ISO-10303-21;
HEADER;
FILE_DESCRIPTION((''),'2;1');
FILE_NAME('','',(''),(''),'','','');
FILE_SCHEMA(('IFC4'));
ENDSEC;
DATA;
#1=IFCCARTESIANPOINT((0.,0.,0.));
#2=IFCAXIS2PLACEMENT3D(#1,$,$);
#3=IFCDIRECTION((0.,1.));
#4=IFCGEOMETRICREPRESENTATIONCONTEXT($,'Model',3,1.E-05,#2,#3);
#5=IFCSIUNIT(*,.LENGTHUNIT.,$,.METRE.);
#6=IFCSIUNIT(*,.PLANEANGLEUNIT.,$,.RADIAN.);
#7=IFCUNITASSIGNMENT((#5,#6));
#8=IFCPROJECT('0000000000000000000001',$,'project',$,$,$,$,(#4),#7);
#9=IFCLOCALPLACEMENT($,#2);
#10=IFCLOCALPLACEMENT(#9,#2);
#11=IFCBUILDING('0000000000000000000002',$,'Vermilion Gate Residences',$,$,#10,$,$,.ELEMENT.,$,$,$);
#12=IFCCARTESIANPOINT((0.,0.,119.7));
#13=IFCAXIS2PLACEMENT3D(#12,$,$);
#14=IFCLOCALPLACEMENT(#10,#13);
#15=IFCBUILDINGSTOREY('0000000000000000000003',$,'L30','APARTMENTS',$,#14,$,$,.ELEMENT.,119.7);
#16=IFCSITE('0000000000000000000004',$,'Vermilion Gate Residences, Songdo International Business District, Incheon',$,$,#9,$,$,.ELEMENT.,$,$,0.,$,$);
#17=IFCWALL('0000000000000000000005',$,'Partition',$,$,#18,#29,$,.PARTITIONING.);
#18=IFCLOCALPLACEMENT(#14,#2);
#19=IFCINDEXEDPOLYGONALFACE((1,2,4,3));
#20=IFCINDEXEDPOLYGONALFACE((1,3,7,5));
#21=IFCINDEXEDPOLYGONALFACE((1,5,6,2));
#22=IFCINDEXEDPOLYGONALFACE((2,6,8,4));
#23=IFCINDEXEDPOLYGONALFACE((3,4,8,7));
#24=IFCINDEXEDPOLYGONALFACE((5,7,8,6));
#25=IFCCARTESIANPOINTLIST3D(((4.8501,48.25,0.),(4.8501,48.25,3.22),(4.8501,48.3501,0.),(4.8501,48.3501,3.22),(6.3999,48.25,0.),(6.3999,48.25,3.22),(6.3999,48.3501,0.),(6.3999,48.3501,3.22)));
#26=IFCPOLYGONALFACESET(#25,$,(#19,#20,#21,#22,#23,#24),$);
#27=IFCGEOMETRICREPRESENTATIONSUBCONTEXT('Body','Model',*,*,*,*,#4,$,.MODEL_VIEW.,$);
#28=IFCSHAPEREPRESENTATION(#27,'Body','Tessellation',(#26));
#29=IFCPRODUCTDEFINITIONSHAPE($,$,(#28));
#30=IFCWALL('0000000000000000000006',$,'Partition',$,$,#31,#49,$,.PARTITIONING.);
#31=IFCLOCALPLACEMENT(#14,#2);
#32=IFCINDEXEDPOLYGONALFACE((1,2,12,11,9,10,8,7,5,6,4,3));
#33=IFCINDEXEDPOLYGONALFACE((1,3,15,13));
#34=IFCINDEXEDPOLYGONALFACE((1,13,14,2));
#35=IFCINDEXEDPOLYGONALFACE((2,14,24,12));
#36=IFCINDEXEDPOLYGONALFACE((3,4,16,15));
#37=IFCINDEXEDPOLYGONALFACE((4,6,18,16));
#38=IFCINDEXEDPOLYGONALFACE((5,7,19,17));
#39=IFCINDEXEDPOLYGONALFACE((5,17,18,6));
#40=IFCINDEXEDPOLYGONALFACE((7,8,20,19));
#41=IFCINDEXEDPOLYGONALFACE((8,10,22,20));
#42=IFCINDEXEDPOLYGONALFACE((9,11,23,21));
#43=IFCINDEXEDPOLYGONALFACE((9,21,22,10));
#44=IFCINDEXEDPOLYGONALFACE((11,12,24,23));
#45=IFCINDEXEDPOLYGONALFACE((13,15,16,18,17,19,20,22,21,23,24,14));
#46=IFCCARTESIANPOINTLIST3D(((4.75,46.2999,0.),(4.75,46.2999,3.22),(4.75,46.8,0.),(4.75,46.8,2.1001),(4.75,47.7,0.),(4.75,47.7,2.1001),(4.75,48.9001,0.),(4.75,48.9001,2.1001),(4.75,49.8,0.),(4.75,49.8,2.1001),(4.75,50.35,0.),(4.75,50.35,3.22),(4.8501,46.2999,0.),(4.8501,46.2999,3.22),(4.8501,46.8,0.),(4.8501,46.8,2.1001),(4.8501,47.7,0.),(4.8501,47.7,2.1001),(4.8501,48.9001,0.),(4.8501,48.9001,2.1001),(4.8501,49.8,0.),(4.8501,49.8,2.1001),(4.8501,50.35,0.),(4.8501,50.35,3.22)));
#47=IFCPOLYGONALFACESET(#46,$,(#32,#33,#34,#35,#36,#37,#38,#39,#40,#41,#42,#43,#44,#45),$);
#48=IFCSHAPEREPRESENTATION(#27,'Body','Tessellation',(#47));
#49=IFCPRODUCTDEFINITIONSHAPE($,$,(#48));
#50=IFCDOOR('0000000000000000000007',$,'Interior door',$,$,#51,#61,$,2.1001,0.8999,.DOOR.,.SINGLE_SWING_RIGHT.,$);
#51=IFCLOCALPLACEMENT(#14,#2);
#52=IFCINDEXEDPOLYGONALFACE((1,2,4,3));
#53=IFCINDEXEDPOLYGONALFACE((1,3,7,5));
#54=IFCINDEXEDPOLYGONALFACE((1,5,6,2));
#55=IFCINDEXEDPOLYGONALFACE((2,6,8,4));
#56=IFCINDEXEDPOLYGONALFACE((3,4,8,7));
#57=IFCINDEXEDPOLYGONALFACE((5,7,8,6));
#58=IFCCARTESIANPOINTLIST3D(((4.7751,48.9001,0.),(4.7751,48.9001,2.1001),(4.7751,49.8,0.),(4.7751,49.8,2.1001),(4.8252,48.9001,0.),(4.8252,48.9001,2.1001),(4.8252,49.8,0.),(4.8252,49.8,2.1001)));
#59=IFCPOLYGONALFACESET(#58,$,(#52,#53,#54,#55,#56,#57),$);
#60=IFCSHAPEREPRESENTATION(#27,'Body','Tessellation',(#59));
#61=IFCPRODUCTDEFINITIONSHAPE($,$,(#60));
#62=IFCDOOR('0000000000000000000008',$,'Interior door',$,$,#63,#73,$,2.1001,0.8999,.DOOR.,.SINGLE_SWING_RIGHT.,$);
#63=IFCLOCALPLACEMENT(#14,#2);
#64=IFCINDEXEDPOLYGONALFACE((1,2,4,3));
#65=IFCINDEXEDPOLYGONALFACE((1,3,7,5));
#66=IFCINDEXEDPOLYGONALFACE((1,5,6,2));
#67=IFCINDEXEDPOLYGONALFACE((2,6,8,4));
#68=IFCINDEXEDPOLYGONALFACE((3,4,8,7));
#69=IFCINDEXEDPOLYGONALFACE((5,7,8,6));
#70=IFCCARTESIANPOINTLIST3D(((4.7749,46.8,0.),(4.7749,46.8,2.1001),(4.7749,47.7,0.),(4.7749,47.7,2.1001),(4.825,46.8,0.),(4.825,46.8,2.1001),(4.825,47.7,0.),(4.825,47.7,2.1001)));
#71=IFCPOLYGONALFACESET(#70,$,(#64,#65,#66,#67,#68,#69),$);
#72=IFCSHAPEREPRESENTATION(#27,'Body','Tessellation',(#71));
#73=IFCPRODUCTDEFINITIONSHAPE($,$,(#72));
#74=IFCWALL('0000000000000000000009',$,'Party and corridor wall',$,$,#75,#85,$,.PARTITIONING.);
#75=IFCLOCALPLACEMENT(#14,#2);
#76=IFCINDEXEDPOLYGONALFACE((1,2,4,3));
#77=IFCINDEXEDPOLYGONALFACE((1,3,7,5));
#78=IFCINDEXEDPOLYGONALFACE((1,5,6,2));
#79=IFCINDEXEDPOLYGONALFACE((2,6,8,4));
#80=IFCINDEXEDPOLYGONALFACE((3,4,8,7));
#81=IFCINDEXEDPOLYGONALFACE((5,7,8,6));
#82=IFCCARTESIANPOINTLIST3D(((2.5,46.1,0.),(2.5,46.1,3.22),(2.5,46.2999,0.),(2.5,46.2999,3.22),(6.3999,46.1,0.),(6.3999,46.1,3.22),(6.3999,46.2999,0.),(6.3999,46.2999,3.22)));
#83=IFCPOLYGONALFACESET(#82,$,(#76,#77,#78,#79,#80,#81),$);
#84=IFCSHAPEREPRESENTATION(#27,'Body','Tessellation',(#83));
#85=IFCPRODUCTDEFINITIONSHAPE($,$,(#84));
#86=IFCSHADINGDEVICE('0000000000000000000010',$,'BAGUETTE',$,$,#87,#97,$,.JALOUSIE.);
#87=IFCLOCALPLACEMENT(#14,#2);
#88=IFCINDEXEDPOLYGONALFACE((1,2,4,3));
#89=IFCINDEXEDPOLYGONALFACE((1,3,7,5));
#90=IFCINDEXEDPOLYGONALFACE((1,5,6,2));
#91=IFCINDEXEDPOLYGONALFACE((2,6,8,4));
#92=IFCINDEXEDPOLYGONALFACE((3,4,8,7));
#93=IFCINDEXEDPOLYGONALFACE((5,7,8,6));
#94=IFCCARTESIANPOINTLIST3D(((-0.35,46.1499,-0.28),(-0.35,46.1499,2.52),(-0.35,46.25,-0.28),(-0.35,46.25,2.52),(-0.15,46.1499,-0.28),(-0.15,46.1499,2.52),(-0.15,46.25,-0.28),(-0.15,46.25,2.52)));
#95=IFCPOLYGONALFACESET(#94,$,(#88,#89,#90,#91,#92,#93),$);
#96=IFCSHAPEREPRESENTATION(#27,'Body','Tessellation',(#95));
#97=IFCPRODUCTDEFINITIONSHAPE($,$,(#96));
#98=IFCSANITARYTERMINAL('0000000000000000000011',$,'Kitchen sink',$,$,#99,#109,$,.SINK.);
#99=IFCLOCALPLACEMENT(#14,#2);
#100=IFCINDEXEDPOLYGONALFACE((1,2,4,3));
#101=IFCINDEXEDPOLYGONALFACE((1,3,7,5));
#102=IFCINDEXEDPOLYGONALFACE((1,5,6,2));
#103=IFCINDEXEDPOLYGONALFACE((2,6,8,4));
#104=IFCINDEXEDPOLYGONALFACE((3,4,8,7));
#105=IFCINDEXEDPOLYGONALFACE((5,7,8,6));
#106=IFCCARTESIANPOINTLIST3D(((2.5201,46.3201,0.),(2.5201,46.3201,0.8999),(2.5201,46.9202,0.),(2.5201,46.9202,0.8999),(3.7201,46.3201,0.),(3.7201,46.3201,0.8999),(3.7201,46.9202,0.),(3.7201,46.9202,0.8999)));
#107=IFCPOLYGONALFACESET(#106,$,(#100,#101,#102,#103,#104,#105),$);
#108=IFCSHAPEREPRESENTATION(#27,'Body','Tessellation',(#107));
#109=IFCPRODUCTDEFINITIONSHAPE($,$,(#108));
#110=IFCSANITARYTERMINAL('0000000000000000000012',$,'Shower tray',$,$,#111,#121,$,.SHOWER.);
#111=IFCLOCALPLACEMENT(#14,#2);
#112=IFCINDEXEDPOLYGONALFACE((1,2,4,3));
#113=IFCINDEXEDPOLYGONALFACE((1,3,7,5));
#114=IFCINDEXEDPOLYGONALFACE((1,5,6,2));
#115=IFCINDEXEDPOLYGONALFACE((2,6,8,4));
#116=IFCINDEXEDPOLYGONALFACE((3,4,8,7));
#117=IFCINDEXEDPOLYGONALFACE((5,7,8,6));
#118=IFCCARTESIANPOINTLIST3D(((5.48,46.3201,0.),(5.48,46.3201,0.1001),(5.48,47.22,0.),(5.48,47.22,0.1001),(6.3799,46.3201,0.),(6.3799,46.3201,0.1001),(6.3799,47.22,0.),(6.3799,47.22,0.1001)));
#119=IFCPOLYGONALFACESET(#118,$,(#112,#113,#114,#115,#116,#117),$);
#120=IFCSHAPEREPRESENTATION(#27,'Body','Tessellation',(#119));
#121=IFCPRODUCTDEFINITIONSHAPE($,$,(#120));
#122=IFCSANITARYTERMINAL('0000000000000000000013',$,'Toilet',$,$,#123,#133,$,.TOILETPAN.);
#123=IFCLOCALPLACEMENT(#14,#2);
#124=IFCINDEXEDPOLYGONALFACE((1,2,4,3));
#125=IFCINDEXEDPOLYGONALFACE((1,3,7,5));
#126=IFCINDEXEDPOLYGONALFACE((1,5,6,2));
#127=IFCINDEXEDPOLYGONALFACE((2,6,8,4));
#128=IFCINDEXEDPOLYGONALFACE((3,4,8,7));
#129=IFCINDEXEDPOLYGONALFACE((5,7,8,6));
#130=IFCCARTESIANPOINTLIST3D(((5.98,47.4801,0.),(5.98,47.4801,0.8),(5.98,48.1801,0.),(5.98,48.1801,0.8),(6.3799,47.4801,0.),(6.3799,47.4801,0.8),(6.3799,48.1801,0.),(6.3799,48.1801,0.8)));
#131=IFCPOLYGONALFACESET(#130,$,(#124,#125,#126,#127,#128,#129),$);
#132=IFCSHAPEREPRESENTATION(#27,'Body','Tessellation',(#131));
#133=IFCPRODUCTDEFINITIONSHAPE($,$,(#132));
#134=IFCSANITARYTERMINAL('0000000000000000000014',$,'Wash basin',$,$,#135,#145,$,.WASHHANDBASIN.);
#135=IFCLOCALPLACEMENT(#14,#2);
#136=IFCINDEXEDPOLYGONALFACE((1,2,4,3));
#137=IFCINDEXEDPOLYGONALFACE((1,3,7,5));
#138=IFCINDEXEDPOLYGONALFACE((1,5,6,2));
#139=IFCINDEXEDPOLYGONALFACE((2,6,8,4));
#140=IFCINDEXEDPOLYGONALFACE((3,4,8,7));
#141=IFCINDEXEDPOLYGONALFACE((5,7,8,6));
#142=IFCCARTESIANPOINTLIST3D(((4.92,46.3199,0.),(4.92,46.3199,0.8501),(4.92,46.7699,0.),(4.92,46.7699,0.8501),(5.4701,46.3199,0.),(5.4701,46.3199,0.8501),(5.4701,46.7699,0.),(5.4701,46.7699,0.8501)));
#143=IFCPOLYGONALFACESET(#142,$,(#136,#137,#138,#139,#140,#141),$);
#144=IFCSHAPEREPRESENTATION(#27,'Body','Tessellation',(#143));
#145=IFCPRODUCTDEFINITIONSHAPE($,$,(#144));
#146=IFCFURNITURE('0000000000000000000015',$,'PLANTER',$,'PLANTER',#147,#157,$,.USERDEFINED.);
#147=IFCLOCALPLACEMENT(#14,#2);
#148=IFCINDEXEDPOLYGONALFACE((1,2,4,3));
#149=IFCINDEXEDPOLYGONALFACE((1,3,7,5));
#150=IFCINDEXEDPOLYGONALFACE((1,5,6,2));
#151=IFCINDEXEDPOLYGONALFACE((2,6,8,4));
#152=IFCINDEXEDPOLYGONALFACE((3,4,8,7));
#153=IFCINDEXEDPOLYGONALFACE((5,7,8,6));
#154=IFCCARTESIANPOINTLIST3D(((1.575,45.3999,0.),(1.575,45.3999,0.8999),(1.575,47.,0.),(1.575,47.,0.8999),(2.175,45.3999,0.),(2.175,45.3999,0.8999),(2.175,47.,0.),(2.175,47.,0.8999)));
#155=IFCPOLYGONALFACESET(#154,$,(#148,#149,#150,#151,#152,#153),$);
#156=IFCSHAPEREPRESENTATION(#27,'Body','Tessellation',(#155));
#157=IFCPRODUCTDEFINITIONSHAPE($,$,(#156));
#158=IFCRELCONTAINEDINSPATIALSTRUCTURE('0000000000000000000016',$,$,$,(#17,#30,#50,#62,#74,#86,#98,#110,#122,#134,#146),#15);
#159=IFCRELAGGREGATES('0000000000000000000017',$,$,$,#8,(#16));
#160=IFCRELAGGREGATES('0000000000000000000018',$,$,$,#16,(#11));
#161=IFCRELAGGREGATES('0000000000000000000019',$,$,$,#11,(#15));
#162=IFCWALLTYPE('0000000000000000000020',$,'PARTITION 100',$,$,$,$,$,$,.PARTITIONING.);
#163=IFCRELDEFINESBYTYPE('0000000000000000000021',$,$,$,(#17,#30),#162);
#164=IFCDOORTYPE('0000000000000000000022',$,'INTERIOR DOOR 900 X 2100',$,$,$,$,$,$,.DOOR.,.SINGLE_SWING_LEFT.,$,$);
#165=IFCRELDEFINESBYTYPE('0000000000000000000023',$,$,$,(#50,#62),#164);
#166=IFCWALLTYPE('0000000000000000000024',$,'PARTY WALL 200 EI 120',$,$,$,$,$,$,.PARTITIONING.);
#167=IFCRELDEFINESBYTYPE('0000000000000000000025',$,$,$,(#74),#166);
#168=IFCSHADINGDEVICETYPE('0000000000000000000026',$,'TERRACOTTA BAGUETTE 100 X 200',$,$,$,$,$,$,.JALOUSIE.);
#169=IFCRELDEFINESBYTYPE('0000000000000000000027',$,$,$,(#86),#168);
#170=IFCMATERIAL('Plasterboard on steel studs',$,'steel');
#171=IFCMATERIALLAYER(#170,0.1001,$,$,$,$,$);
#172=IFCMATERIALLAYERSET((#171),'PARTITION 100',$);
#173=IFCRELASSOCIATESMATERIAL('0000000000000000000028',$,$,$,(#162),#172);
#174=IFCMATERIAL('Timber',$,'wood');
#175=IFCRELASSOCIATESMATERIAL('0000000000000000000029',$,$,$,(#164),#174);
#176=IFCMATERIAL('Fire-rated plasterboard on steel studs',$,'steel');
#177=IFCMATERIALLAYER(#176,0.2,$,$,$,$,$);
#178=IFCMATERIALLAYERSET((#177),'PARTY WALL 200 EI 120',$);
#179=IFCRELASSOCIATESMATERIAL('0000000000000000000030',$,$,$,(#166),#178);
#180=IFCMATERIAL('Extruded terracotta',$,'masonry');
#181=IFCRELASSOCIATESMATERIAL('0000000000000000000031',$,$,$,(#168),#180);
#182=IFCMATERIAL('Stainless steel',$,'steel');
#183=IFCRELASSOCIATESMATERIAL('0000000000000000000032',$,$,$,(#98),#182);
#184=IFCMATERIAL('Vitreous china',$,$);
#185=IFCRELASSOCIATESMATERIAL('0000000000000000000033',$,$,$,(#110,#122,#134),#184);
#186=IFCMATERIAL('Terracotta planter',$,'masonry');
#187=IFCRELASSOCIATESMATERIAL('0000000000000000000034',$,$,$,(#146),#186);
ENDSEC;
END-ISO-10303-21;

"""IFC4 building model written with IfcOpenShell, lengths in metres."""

from ifc_helpers import new_model, si_unit, direction, frame, frame_2d, origin, origin_2d, place, context, subcontext, project, spatial, rectangle, extrude, material, layer, layer_set, material_profile, profile_set, type_object, element, fill, save


model = new_model("IFC4")

# Units and contexts
model_context = context("Model", 3, precision=1e-05, world=origin(), true_north=direction((0.0, 1.0)))
body_context = subcontext(model_context, "Body", "Model", "MODEL_VIEW")
ifc_project = project(units=[si_unit("LENGTHUNIT", "METRE"), si_unit("PLANEANGLEUNIT", "RADIAN")], contexts=[model_context])

# Site, building, storey
site_placement = place(None, origin())
site = spatial("IfcSite", under=ifc_project, at=site_placement, Name="Vermilion Gate Residences, Songdo International Business District, Incheon", CompositionType="ELEMENT", RefElevation=0.0)
building_placement = place(site_placement, origin())
building = spatial("IfcBuilding", under=site, at=building_placement, Name="Vermilion Gate Residences", CompositionType="ELEMENT")
storey_placement = place(building_placement, frame((0.0, 0.0, 119.7)))
storey = spatial("IfcBuildingStorey", under=building, at=storey_placement, Name="L30", Description="APARTMENTS", CompositionType="ELEMENT", Elevation=119.7)

# Wall
ifc_material_1 = material(Name="Plasterboard on steel studs", Category="steel")
ifc_layer_1 = layer(ifc_material_1, 0.1001)
ifc_layer_set_1 = layer_set([ifc_layer_1], Name="PARTITION 100")
wall_type_1 = type_object("IfcWallType", Name="PARTITION 100", PredefinedType="PARTITIONING", material=ifc_layer_set_1)
wall_1_placement = place(storey_placement, frame((4.8501, 48.3, 0.0), z_axis=(0.0, 0.0, 1.0), x_axis=(1.0, 0.0, 0.0)))
element("IfcWall", 1, at=wall_1_placement, inside=storey, type_object=wall_type_1, Name="Partition", PredefinedType="PARTITIONING", context=body_context, shape_type="SweptSolid", body=[
    extrude(rectangle(XDim=1.5498, YDim=0.1001, at=frame_2d((0.7749, 0.0))), origin(), (0.0, 0.0, 1.0), 3.22),
])

# Wall, openings, doors
wall_2_placement = place(storey_placement, frame((4.8, 46.3, 0.0), z_axis=(0.0, 0.0, 1.0), x_axis=(0.0, 1.0, 0.0)))
wall_2 = element("IfcWall", 2, at=wall_2_placement, inside=storey, type_object=wall_type_1, Name="Partition", PredefinedType="PARTITIONING", context=body_context, shape_type="SweptSolid", body=[
    extrude(rectangle(XDim=4.05, YDim=0.1001, at=frame_2d((2.0249, 0.0))), origin(), (0.0, 0.0, 1.0), 3.22),
])
opening_1_placement = place(wall_2_placement, frame((2.6001, 0.0, 0.0)))
opening_1 = element("IfcOpeningElement", 3, at=opening_1_placement, cuts=wall_2, PredefinedType="OPENING", context=body_context, shape_type="SweptSolid", body=[
    extrude(rectangle(XDim=0.8999, YDim=2.1001, at=frame_2d((0.45, 1.05))), frame((0.0, 0.0601, 0.0), z_axis=(0.0, -1.0, 0.0), x_axis=(1.0, 0.0, 0.0)), (0.0, 0.0, 1.0), 0.1201),
])
opening_2_placement = place(wall_2_placement, frame((0.5, 0.0, 0.0)))
opening_2 = element("IfcOpeningElement", 4, at=opening_2_placement, cuts=wall_2, PredefinedType="OPENING", context=body_context, shape_type="SweptSolid", body=[
    extrude(rectangle(XDim=0.8999, YDim=2.1001, at=frame_2d((0.45, 1.05))), frame((0.0, 0.0601, 0.0), z_axis=(0.0, -1.0, 0.0), x_axis=(1.0, 0.0, 0.0)), (0.0, 0.0, 1.0), 0.1201),
])
ifc_material_2 = material(Name="Timber", Category="wood")
door_type = type_object("IfcDoorType", Name="INTERIOR DOOR 900 X 2100", OperationType="SINGLE_SWING_LEFT", PredefinedType="DOOR", material=ifc_material_2)
door_1_placement = place(opening_1_placement, origin())
door_1 = element("IfcDoor", 5, at=door_1_placement, inside=storey, type_object=door_type, Name="Interior door", OperationType="SINGLE_SWING_RIGHT", OverallHeight=2.1001, OverallWidth=0.8999, PredefinedType="DOOR", context=body_context, shape_type="SweptSolid", body=[
    extrude(rectangle(XDim=0.8999, YDim=2.1001, at=frame_2d((0.45, 1.05))), frame((0.0, 0.0249, 0.0), z_axis=(0.0, -1.0, 0.0), x_axis=(1.0, 0.0, 0.0)), (0.0, 0.0, 1.0), 0.05),
])
fill(opening_1, door_1)
door_2_placement = place(opening_2_placement, frame((0.8999, 0.0, 0.0), z_axis=(0.0, 0.0, 1.0), x_axis=(-1.0, 0.0, 0.0)))
door_2 = element("IfcDoor", 6, at=door_2_placement, inside=storey, type_object=door_type, Name="Interior door", OperationType="SINGLE_SWING_RIGHT", OverallHeight=2.1001, OverallWidth=0.8999, PredefinedType="DOOR", context=body_context, shape_type="SweptSolid", body=[
    extrude(rectangle(XDim=0.8999, YDim=2.1001, at=frame_2d((0.45, 1.05))), frame((0.0, 0.0249, 0.0), z_axis=(0.0, -1.0, 0.0), x_axis=(1.0, 0.0, 0.0)), (0.0, 0.0, 1.0), 0.05),
])
fill(opening_2, door_2)

# Wall
ifc_material_3 = material(Name="Fire-rated plasterboard on steel studs", Category="steel")
ifc_layer_2 = layer(ifc_material_3, 0.2)
ifc_layer_set_2 = layer_set([ifc_layer_2], Name="PARTY WALL 200 EI 120")
wall_type_2 = type_object("IfcWallType", Name="PARTY WALL 200 EI 120", PredefinedType="PARTITIONING", material=ifc_layer_set_2)
wall_3_placement = place(storey_placement, frame((2.5, 46.2, 0.0), z_axis=(0.0, 0.0, 1.0), x_axis=(1.0, 0.0, 0.0)))
element("IfcWall", 7, at=wall_3_placement, inside=storey, type_object=wall_type_2, Name="Party and corridor wall", PredefinedType="PARTITIONING", context=body_context, shape_type="SweptSolid", body=[
    extrude(rectangle(XDim=3.8999, YDim=0.2, at=frame_2d((1.95, 0.0))), origin(), (0.0, 0.0, 1.0), 3.22),
])

# Shading device
ifc_material_4 = material(Name="Extruded terracotta", Category="masonry")
ifc_material_profile = material_profile(ifc_material_4, rectangle(XDim=0.2, YDim=0.1001, at=origin_2d()), Name="BAGUETTE 100 X 200")
ifc_profile_set = profile_set([ifc_material_profile], Name="Extruded terracotta")
shading_device_type = type_object("IfcShadingDeviceType", Name="TERRACOTTA BAGUETTE 100 X 200", PredefinedType="JALOUSIE", material=ifc_profile_set)
shading_device_placement = place(storey_placement, frame((-0.25, 46.2, -0.28), z_axis=(0.0, 0.0, 1.0), x_axis=(1.0, 0.0, 0.0)))
element("IfcShadingDevice", 8, at=shading_device_placement, inside=storey, type_object=shading_device_type, Name="BAGUETTE", PredefinedType="JALOUSIE", context=body_context, shape_type="SweptSolid", body=[
    extrude(rectangle(XDim=0.2, YDim=0.1001, at=origin_2d()), origin(), (0.0, 0.0, 1.0), 2.8),
])

# Sanitary terminals
ifc_material_5 = material(Name="Stainless steel", Category="steel")
sanitary_terminal_1_placement = place(storey_placement, frame((3.1201, 46.6201, 0.0), z_axis=(0.0, 0.0, 1.0), x_axis=(1.0, 0.0, 0.0)))
element("IfcSanitaryTerminal", 9, at=sanitary_terminal_1_placement, inside=storey, material=ifc_material_5, Name="Kitchen sink", PredefinedType="SINK", context=body_context, shape_type="SweptSolid", body=[
    extrude(rectangle(XDim=1.2, YDim=0.6001, at=origin_2d()), origin(), (0.0, 0.0, 1.0), 0.8999),
])
ifc_material_6 = material(Name="Vitreous china")
sanitary_terminal_2_placement = place(storey_placement, frame((5.9299, 46.77, 0.0), z_axis=(0.0, 0.0, 1.0), x_axis=(1.0, 0.0, 0.0)))
element("IfcSanitaryTerminal", 10, at=sanitary_terminal_2_placement, inside=storey, material=ifc_material_6, Name="Shower tray", PredefinedType="SHOWER", context=body_context, shape_type="SweptSolid", body=[
    extrude(rectangle(XDim=0.8999, YDim=0.8999, at=origin_2d()), origin(), (0.0, 0.0, 1.0), 0.1001),
])
sanitary_terminal_3_placement = place(storey_placement, frame((6.1799, 47.8301, 0.0), z_axis=(0.0, 0.0, 1.0), x_axis=(1.0, 0.0, 0.0)))
element("IfcSanitaryTerminal", 11, at=sanitary_terminal_3_placement, inside=storey, material=ifc_material_6, Name="Toilet", PredefinedType="TOILETPAN", context=body_context, shape_type="SweptSolid", body=[
    extrude(rectangle(XDim=0.3999, YDim=0.7, at=origin_2d()), origin(), (0.0, 0.0, 1.0), 0.8),
])
sanitary_terminal_4_placement = place(storey_placement, frame((5.1951, 46.5449, 0.0), z_axis=(0.0, 0.0, 1.0), x_axis=(1.0, 0.0, 0.0)))
element("IfcSanitaryTerminal", 12, at=sanitary_terminal_4_placement, inside=storey, material=ifc_material_6, Name="Wash basin", PredefinedType="WASHHANDBASIN", context=body_context, shape_type="SweptSolid", body=[
    extrude(rectangle(XDim=0.55, YDim=0.45, at=origin_2d()), origin(), (0.0, 0.0, 1.0), 0.8501),
])

# Furniture
ifc_material_7 = material(Name="Terracotta planter", Category="masonry")
furniture_placement = place(storey_placement, frame((1.875, 46.2, 0.0), z_axis=(0.0, 0.0, 1.0), x_axis=(0.0, -1.0, 0.0)))
element("IfcFurniture", 13, at=furniture_placement, inside=storey, material=ifc_material_7, Name="PLANTER", ObjectType="PLANTER", PredefinedType="USERDEFINED", context=body_context, shape_type="SweptSolid", body=[
    extrude(rectangle(XDim=1.6001, YDim=0.6001, at=origin_2d()), origin(), (0.0, 0.0, 1.0), 0.8999),
])

save(model, "model.ifc")
